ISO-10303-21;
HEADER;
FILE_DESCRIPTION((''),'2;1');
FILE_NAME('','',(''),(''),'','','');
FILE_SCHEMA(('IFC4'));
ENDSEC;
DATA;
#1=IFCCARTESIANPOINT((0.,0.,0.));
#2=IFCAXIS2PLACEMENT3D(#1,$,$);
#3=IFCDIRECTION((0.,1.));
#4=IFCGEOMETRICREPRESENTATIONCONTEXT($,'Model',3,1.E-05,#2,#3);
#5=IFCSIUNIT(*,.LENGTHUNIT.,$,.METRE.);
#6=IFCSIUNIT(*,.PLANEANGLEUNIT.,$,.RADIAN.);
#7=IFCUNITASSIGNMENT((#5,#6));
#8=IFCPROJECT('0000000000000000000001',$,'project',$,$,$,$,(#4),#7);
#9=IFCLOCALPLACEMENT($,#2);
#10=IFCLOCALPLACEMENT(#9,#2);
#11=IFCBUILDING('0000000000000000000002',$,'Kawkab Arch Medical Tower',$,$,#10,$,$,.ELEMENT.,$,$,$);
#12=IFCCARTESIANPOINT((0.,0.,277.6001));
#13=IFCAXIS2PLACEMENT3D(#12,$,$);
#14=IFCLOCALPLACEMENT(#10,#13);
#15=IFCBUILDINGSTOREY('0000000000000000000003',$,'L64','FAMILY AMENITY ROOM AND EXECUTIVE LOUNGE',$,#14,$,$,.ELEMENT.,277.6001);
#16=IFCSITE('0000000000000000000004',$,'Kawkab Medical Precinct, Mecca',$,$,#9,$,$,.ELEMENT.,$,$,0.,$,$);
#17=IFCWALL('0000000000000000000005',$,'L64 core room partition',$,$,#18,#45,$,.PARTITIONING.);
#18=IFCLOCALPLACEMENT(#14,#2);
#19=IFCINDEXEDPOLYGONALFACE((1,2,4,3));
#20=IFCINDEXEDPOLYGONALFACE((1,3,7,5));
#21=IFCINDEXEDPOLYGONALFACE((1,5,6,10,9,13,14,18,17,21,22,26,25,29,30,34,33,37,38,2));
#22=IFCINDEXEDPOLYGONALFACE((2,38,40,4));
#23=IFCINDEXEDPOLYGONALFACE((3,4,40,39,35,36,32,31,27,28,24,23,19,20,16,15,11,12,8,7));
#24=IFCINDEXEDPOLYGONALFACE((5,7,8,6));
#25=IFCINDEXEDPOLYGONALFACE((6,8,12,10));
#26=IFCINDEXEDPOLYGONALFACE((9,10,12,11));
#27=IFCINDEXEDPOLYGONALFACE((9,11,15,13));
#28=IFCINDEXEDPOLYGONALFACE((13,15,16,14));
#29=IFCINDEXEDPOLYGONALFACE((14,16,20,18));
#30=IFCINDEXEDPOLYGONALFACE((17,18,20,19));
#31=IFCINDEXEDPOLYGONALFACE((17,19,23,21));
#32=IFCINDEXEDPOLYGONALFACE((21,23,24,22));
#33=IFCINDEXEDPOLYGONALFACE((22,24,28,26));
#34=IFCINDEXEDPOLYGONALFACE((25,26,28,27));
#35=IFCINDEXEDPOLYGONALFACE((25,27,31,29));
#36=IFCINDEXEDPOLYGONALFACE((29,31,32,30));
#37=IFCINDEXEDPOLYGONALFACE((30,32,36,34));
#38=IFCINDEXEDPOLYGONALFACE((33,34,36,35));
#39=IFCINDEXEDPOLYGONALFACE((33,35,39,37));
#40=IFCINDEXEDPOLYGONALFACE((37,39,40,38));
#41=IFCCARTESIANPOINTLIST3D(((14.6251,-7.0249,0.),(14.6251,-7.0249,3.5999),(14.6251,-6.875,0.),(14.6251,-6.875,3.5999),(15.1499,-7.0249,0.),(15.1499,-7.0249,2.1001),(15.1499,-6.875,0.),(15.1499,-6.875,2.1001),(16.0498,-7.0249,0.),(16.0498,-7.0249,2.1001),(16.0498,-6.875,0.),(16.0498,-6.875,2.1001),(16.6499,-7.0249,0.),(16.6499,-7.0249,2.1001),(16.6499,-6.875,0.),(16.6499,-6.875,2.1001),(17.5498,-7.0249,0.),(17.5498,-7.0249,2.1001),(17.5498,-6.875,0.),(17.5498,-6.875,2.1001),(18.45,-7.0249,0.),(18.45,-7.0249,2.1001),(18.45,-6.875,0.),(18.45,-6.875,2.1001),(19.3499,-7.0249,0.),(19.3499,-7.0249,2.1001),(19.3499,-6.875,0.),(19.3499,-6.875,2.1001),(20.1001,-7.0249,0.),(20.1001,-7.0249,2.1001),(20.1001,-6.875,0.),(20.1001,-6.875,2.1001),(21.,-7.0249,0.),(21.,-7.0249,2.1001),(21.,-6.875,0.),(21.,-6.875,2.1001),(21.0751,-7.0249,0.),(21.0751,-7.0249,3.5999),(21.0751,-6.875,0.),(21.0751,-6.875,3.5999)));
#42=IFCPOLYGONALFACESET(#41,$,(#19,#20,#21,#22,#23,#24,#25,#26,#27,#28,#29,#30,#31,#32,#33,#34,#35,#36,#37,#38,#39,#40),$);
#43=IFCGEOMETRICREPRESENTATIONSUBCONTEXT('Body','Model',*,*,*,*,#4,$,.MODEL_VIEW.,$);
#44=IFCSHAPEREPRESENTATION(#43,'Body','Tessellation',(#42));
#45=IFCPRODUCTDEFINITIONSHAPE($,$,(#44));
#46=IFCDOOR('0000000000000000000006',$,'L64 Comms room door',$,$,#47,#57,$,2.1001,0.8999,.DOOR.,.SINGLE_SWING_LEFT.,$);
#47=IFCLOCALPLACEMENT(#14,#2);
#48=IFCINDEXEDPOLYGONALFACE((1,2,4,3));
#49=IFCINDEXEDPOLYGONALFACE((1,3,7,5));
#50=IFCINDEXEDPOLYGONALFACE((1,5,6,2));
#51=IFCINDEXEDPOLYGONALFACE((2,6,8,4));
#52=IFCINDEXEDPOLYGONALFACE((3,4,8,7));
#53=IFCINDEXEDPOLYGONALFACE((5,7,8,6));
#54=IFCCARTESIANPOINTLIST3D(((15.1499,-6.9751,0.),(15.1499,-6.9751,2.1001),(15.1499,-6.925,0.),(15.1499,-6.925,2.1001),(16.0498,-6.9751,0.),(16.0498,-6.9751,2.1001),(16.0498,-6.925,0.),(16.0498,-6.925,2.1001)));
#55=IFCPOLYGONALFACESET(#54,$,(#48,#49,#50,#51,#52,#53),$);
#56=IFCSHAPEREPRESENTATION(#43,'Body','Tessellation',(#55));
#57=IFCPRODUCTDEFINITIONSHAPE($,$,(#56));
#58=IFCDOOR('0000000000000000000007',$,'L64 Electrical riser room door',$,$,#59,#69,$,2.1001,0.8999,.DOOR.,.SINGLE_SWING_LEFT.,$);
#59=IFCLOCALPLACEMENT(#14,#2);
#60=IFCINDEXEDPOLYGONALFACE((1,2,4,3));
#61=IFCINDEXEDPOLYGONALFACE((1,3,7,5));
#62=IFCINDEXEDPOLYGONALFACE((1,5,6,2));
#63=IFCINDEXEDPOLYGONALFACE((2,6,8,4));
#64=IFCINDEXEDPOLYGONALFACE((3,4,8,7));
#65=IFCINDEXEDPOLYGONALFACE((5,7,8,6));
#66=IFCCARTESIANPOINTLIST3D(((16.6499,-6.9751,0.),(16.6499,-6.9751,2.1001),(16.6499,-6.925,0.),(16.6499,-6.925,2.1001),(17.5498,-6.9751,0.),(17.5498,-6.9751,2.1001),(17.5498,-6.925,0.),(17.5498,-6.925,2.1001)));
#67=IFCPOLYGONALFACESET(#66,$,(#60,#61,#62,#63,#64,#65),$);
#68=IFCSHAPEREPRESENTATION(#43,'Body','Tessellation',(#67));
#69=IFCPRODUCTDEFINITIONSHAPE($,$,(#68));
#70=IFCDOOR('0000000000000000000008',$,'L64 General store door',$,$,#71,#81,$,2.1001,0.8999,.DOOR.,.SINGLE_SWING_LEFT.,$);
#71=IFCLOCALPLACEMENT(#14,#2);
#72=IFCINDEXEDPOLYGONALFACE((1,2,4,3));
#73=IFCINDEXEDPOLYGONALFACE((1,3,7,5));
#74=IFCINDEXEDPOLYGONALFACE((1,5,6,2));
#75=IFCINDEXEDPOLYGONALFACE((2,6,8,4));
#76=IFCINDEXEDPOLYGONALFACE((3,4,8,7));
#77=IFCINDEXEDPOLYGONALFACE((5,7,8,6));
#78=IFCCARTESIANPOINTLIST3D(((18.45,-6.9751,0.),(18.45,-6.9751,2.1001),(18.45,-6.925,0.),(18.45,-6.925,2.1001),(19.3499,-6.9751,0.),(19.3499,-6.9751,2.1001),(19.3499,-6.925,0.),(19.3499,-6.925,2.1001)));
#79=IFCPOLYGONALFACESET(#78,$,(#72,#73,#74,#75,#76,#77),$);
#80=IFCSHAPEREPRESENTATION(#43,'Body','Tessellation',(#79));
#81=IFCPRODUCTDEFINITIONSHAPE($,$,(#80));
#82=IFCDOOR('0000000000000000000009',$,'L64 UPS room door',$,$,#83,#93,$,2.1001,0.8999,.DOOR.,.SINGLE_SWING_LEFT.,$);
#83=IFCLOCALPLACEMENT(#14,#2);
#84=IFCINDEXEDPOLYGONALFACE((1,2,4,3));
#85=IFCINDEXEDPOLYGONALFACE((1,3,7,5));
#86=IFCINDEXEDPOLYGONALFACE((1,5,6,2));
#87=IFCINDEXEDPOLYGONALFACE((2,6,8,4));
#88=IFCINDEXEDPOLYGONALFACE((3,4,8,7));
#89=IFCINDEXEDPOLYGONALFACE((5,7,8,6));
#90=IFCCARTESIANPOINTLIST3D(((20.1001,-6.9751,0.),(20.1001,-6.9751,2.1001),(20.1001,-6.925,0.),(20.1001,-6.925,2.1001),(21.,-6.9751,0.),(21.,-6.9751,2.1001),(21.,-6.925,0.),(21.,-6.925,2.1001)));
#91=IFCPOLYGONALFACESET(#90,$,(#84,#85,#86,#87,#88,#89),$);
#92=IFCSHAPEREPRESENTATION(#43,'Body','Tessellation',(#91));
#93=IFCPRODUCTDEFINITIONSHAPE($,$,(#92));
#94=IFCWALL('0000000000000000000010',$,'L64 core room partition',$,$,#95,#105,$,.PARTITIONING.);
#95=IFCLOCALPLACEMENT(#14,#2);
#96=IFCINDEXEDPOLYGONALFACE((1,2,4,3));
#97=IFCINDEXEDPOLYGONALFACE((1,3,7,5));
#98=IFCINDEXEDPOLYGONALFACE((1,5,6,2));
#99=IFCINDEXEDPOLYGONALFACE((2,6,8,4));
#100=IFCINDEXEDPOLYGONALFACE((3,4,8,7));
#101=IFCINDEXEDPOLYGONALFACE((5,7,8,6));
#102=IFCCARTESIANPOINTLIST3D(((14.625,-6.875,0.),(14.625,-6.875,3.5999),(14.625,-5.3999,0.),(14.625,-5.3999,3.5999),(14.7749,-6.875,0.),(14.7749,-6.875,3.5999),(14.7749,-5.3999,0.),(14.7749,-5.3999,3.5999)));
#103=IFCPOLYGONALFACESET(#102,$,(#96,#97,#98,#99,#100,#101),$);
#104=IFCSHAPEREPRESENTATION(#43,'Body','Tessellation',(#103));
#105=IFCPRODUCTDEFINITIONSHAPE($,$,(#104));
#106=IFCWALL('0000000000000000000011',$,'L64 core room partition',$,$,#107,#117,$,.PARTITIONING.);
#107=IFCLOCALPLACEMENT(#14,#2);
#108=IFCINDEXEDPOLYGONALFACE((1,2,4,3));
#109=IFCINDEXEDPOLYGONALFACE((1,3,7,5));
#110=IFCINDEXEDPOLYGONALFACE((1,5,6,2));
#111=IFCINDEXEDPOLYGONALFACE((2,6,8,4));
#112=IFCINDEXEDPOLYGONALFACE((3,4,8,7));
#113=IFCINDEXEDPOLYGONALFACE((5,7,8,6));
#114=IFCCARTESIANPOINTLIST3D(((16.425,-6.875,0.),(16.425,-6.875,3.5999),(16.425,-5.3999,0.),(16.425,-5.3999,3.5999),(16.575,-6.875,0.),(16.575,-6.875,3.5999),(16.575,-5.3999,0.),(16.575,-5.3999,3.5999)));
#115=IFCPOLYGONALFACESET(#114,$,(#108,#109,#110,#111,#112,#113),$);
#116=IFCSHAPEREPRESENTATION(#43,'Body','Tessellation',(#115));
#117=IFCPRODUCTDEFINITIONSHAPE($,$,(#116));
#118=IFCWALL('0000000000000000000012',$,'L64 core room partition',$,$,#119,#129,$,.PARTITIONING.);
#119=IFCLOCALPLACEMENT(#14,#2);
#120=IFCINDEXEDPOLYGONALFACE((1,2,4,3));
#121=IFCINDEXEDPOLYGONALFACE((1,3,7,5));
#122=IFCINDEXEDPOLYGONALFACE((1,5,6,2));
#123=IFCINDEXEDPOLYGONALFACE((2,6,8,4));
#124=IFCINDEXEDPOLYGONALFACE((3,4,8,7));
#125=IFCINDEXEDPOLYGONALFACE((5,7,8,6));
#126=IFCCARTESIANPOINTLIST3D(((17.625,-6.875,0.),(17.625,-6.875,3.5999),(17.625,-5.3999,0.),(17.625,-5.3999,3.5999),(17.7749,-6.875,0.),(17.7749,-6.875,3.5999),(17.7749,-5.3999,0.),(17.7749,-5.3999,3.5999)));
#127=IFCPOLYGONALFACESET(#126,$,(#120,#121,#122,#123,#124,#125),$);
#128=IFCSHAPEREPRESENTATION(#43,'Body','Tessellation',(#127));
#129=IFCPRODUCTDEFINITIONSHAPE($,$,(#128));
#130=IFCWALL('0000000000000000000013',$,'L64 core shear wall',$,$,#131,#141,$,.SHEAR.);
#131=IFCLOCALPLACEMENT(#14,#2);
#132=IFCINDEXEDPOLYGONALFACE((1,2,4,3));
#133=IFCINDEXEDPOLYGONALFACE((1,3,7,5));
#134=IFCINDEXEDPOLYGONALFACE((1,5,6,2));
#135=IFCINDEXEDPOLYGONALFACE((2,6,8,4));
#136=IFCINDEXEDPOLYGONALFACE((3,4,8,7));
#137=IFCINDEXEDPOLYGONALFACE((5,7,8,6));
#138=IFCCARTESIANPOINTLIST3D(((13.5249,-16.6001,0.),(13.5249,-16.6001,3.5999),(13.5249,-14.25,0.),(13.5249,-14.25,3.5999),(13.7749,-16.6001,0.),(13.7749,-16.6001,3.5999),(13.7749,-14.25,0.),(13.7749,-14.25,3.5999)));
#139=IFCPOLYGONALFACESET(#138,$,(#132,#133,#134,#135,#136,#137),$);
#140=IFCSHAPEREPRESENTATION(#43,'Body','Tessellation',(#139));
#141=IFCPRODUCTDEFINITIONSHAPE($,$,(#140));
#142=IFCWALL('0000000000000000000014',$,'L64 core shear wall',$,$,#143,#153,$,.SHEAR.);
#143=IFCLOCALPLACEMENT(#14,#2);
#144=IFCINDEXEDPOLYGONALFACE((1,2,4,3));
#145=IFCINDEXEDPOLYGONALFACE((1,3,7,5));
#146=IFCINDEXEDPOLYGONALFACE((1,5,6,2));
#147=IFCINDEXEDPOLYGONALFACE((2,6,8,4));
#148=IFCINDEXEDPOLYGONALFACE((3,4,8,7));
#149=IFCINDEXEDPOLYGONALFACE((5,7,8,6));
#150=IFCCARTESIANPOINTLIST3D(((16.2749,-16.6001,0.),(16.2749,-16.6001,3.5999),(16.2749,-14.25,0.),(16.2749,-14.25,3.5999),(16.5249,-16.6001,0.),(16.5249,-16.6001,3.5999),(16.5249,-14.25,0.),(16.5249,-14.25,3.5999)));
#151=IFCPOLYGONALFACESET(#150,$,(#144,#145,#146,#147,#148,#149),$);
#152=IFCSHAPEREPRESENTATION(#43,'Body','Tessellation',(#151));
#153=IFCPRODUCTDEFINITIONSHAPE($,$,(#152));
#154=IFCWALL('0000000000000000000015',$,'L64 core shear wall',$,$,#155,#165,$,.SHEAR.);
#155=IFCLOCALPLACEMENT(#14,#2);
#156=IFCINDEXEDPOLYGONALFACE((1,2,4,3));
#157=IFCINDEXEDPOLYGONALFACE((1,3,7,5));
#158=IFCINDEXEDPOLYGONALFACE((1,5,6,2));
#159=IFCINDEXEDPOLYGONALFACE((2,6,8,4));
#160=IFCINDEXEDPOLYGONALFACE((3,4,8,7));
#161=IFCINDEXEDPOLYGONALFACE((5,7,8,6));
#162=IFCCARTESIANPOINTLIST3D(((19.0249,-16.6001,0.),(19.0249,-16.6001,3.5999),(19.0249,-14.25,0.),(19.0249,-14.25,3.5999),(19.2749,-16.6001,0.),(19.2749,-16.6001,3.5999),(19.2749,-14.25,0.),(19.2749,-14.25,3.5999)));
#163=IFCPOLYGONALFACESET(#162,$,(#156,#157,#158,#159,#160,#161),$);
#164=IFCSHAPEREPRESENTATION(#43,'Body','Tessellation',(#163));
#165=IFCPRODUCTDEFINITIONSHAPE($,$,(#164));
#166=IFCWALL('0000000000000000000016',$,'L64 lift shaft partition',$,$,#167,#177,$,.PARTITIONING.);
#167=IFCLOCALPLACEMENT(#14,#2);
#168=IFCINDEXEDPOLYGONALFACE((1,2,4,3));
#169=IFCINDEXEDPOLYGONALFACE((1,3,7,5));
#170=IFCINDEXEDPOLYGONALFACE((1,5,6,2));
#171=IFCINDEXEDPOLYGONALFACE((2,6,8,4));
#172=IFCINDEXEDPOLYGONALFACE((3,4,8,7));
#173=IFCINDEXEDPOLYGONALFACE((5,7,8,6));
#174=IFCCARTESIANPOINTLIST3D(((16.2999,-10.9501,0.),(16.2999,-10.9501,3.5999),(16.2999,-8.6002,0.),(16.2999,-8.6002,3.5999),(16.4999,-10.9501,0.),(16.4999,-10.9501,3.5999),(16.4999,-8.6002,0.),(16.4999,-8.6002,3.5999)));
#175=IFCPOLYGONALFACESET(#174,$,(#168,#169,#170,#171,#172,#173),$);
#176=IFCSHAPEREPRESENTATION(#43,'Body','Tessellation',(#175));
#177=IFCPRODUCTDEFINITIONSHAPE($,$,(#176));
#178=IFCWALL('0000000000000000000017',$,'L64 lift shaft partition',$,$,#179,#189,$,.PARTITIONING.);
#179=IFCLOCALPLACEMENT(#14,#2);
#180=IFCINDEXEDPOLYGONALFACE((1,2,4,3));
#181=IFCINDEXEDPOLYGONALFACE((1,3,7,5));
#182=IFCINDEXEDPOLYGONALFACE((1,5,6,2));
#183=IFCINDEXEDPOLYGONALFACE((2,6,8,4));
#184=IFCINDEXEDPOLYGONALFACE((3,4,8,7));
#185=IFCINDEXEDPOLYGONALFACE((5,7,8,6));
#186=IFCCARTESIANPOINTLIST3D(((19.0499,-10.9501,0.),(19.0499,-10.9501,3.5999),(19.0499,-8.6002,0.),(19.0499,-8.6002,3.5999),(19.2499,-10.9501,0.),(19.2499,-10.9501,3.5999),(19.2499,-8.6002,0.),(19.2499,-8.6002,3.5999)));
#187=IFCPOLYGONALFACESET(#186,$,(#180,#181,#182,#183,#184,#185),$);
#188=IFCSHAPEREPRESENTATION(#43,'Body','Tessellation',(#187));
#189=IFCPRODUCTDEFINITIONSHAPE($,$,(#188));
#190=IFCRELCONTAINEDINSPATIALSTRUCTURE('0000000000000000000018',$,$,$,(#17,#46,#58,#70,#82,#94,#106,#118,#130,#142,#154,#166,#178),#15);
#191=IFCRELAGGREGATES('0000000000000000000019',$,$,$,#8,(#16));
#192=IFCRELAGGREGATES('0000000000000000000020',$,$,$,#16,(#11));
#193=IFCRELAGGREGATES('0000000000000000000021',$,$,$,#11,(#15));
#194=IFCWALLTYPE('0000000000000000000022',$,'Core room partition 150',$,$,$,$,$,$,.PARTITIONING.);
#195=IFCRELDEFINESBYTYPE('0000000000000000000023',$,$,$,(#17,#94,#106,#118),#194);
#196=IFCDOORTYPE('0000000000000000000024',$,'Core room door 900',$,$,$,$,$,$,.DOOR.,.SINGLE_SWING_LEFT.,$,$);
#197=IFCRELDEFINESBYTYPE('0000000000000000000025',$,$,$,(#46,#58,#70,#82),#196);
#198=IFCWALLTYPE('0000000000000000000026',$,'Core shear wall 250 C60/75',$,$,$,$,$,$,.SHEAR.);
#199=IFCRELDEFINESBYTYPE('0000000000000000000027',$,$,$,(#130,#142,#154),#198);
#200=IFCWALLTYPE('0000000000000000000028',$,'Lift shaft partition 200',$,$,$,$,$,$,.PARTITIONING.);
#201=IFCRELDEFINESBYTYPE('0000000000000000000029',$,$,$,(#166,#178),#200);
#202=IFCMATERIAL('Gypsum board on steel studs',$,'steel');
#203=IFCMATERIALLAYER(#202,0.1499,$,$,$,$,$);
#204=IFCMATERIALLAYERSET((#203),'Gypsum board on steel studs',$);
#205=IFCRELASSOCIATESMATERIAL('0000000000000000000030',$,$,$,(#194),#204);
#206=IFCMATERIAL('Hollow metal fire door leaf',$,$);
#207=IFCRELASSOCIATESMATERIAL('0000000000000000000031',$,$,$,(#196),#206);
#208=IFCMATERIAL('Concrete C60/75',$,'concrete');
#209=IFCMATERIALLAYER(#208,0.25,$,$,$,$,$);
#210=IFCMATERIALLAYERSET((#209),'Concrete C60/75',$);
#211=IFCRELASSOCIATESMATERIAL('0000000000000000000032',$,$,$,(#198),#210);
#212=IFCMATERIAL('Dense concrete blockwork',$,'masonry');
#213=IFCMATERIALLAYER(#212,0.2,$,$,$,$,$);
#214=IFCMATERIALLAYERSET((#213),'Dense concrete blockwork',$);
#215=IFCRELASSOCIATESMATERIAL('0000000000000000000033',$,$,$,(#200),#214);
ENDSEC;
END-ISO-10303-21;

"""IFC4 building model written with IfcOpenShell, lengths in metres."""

from ifc_helpers import new_model, si_unit, direction, frame, frame_2d, origin, place, context, subcontext, project, spatial, rectangle, extrude, material, layer, layer_set, type_object, element, fill, save


model = new_model("IFC4")

# Units and contexts
model_context = context("Model", 3, precision=1e-05, world=origin(), true_north=direction((0.0, 1.0)))
body_context = subcontext(model_context, "Body", "Model", "MODEL_VIEW")
ifc_project = project(units=[si_unit("LENGTHUNIT", "METRE"), si_unit("PLANEANGLEUNIT", "RADIAN")], contexts=[model_context])

# Site, building, storey
site_placement = place(None, origin())
site = spatial("IfcSite", under=ifc_project, at=site_placement, Name="Kawkab Medical Precinct, Mecca", CompositionType="ELEMENT", RefElevation=0.0)
building_placement = place(site_placement, origin())
building = spatial("IfcBuilding", under=site, at=building_placement, Name="Kawkab Arch Medical Tower", CompositionType="ELEMENT")
storey_placement = place(building_placement, frame((0.0, 0.0, 277.6001)))
storey = spatial("IfcBuildingStorey", under=building, at=storey_placement, Name="L64", Description="FAMILY AMENITY ROOM AND EXECUTIVE LOUNGE", CompositionType="ELEMENT", Elevation=277.6001)

# Wall, openings, doors
ifc_material_1 = material(Name="Gypsum board on steel studs", Category="steel")
ifc_layer_1 = layer(ifc_material_1, 0.1499)
ifc_layer_set_1 = layer_set([ifc_layer_1], Name="Gypsum board on steel studs")
wall_type_1 = type_object("IfcWallType", Name="Core room partition 150", PredefinedType="PARTITIONING", material=ifc_layer_set_1)
wall_1_placement = place(storey_placement, frame((14.625, -6.95, 0.0), z_axis=(0.0, 0.0, 1.0), x_axis=(1.0, 0.0, 0.0)))
wall_1 = element("IfcWall", 1, at=wall_1_placement, inside=storey, type_object=wall_type_1, Name="L64 core room partition", PredefinedType="PARTITIONING", context=body_context, shape_type="SweptSolid", body=[
    extrude(rectangle(XDim=6.45, YDim=0.1499, at=frame_2d((3.2251, 0.0))), origin(), (0.0, 0.0, 1.0), 3.5999),
])
opening_1_placement = place(wall_1_placement, frame((0.5249, 0.0, 0.0)))
opening_1 = element("IfcOpeningElement", 2, at=opening_1_placement, cuts=wall_1, PredefinedType="OPENING", context=body_context, shape_type="SweptSolid", body=[
    extrude(rectangle(XDim=0.8999, YDim=2.1001, at=frame_2d((0.45, 1.05))), frame((0.0, 0.085, 0.0), z_axis=(0.0, -1.0, 0.0), x_axis=(1.0, 0.0, 0.0)), (0.0, 0.0, 1.0), 0.1699),
])
opening_2_placement = place(wall_1_placement, frame((2.0249, 0.0, 0.0)))
opening_2 = element("IfcOpeningElement", 3, at=opening_2_placement, cuts=wall_1, PredefinedType="OPENING", context=body_context, shape_type="SweptSolid", body=[
    extrude(rectangle(XDim=0.8999, YDim=2.1001, at=frame_2d((0.45, 1.05))), frame((0.0, 0.085, 0.0), z_axis=(0.0, -1.0, 0.0), x_axis=(1.0, 0.0, 0.0)), (0.0, 0.0, 1.0), 0.1699),
])
opening_3_placement = place(wall_1_placement, frame((3.825, 0.0, 0.0)))
opening_3 = element("IfcOpeningElement", 4, at=opening_3_placement, cuts=wall_1, PredefinedType="OPENING", context=body_context, shape_type="SweptSolid", body=[
    extrude(rectangle(XDim=0.8999, YDim=2.1001, at=frame_2d((0.45, 1.05))), frame((0.0, 0.085, 0.0), z_axis=(0.0, -1.0, 0.0), x_axis=(1.0, 0.0, 0.0)), (0.0, 0.0, 1.0), 0.1699),
])
opening_4_placement = place(wall_1_placement, frame((5.4751, 0.0, 0.0)))
opening_4 = element("IfcOpeningElement", 5, at=opening_4_placement, cuts=wall_1, PredefinedType="OPENING", context=body_context, shape_type="SweptSolid", body=[
    extrude(rectangle(XDim=0.8999, YDim=2.1001, at=frame_2d((0.45, 1.05))), frame((0.0, 0.085, 0.0), z_axis=(0.0, -1.0, 0.0), x_axis=(1.0, 0.0, 0.0)), (0.0, 0.0, 1.0), 0.1699),
])
ifc_material_2 = material(Name="Hollow metal fire door leaf")
door_type = type_object("IfcDoorType", Name="Core room door 900", OperationType="SINGLE_SWING_LEFT", PredefinedType="DOOR", material=ifc_material_2)
door_1_placement = place(opening_1_placement, origin())
door_1 = element("IfcDoor", 6, at=door_1_placement, inside=storey, type_object=door_type, Name="L64 Comms room door", OperationType="SINGLE_SWING_LEFT", OverallHeight=2.1001, OverallWidth=0.8999, PredefinedType="DOOR", context=body_context, shape_type="SweptSolid", body=[
    extrude(rectangle(XDim=0.8999, YDim=2.1001, at=frame_2d((0.45, 1.05))), frame((0.0, 0.0249, 0.0), z_axis=(0.0, -1.0, 0.0), x_axis=(1.0, 0.0, 0.0)), (0.0, 0.0, 1.0), 0.05),
])
fill(opening_1, door_1)
door_2_placement = place(opening_2_placement, origin())
door_2 = element("IfcDoor", 7, at=door_2_placement, inside=storey, type_object=door_type, Name="L64 Electrical riser room door", OperationType="SINGLE_SWING_LEFT", OverallHeight=2.1001, OverallWidth=0.8999, PredefinedType="DOOR", context=body_context, shape_type="SweptSolid", body=[
    extrude(rectangle(XDim=0.8999, YDim=2.1001, at=frame_2d((0.45, 1.05))), frame((0.0, 0.0249, 0.0), z_axis=(0.0, -1.0, 0.0), x_axis=(1.0, 0.0, 0.0)), (0.0, 0.0, 1.0), 0.05),
])
fill(opening_2, door_2)
door_3_placement = place(opening_3_placement, origin())
door_3 = element("IfcDoor", 8, at=door_3_placement, inside=storey, type_object=door_type, Name="L64 General store door", OperationType="SINGLE_SWING_LEFT", OverallHeight=2.1001, OverallWidth=0.8999, PredefinedType="DOOR", context=body_context, shape_type="SweptSolid", body=[
    extrude(rectangle(XDim=0.8999, YDim=2.1001, at=frame_2d((0.45, 1.05))), frame((0.0, 0.0249, 0.0), z_axis=(0.0, -1.0, 0.0), x_axis=(1.0, 0.0, 0.0)), (0.0, 0.0, 1.0), 0.05),
])
fill(opening_3, door_3)
door_4_placement = place(opening_4_placement, origin())
door_4 = element("IfcDoor", 9, at=door_4_placement, inside=storey, type_object=door_type, Name="L64 UPS room door", OperationType="SINGLE_SWING_LEFT", OverallHeight=2.1001, OverallWidth=0.8999, PredefinedType="DOOR", context=body_context, shape_type="SweptSolid", body=[
    extrude(rectangle(XDim=0.8999, YDim=2.1001, at=frame_2d((0.45, 1.05))), frame((0.0, 0.0249, 0.0), z_axis=(0.0, -1.0, 0.0), x_axis=(1.0, 0.0, 0.0)), (0.0, 0.0, 1.0), 0.05),
])
fill(opening_4, door_4)

# Walls
for number, where, z_axis, x_axis, name in (
    (10, (14.7, -6.875, 0.0), (0.0, 0.0, 1.0), (0.0, 1.0, 0.0), "L64 core room partition"),
    (11, (16.5, -6.875, 0.0), (0.0, 0.0, 1.0), (0.0, 1.0, 0.0), "L64 core room partition"),
    (12, (17.7, -6.875, 0.0), (0.0, 0.0, 1.0), (0.0, 1.0, 0.0), "L64 core room partition"),
):
    element("IfcWall", number, at=place(storey_placement, frame(where, z_axis=z_axis, x_axis=x_axis)), inside=storey, type_object=wall_type_1, Name=name, PredefinedType="PARTITIONING", context=body_context, shape_type="SweptSolid", body=[
        extrude(rectangle(XDim=1.4751, YDim=0.1499, at=frame_2d((0.7375, 0.0))), origin(), (0.0, 0.0, 1.0), 3.5999),
    ])
ifc_material_3 = material(Name="Concrete C60/75", Category="concrete")
ifc_layer_2 = layer(ifc_material_3, 0.25)
ifc_layer_set_2 = layer_set([ifc_layer_2], Name="Concrete C60/75")
wall_type_2 = type_object("IfcWallType", Name="Core shear wall 250 C60/75", PredefinedType="SHEAR", material=ifc_layer_set_2)
for number, where, z_axis, x_axis, name in (
    (13, (13.6499, -16.6001, 0.0), (0.0, 0.0, 1.0), (0.0, 1.0, 0.0), "L64 core shear wall"),
    (14, (16.3999, -16.6001, 0.0), (0.0, 0.0, 1.0), (0.0, 1.0, 0.0), "L64 core shear wall"),
    (15, (19.1499, -16.6001, 0.0), (0.0, 0.0, 1.0), (0.0, 1.0, 0.0), "L64 core shear wall"),
):
    element("IfcWall", number, at=place(storey_placement, frame(where, z_axis=z_axis, x_axis=x_axis)), inside=storey, type_object=wall_type_2, Name=name, PredefinedType="SHEAR", context=body_context, shape_type="SweptSolid", body=[
        extrude(rectangle(XDim=2.3501, YDim=0.25, at=frame_2d((1.175, 0.0))), origin(), (0.0, 0.0, 1.0), 3.5999),
    ])
ifc_material_4 = material(Name="Dense concrete blockwork", Category="masonry")
ifc_layer_3 = layer(ifc_material_4, 0.2)
ifc_layer_set_3 = layer_set([ifc_layer_3], Name="Dense concrete blockwork")
wall_type_3 = type_object("IfcWallType", Name="Lift shaft partition 200", PredefinedType="PARTITIONING", material=ifc_layer_set_3)
for number, where, z_axis, x_axis, name in (
    (16, (16.3999, -10.95, 0.0), (0.0, 0.0, 1.0), (0.0, 1.0, 0.0), "L64 lift shaft partition"),
    (17, (19.1499, -10.95, 0.0), (0.0, 0.0, 1.0), (0.0, 1.0, 0.0), "L64 lift shaft partition"),
):
    element("IfcWall", number, at=place(storey_placement, frame(where, z_axis=z_axis, x_axis=x_axis)), inside=storey, type_object=wall_type_3, Name=name, PredefinedType="PARTITIONING", context=body_context, shape_type="SweptSolid", body=[
        extrude(rectangle(XDim=2.3499, YDim=0.2, at=frame_2d((1.1748, 0.0))), origin(), (0.0, 0.0, 1.0), 3.5999),
    ])

save(model, "model.ifc")
